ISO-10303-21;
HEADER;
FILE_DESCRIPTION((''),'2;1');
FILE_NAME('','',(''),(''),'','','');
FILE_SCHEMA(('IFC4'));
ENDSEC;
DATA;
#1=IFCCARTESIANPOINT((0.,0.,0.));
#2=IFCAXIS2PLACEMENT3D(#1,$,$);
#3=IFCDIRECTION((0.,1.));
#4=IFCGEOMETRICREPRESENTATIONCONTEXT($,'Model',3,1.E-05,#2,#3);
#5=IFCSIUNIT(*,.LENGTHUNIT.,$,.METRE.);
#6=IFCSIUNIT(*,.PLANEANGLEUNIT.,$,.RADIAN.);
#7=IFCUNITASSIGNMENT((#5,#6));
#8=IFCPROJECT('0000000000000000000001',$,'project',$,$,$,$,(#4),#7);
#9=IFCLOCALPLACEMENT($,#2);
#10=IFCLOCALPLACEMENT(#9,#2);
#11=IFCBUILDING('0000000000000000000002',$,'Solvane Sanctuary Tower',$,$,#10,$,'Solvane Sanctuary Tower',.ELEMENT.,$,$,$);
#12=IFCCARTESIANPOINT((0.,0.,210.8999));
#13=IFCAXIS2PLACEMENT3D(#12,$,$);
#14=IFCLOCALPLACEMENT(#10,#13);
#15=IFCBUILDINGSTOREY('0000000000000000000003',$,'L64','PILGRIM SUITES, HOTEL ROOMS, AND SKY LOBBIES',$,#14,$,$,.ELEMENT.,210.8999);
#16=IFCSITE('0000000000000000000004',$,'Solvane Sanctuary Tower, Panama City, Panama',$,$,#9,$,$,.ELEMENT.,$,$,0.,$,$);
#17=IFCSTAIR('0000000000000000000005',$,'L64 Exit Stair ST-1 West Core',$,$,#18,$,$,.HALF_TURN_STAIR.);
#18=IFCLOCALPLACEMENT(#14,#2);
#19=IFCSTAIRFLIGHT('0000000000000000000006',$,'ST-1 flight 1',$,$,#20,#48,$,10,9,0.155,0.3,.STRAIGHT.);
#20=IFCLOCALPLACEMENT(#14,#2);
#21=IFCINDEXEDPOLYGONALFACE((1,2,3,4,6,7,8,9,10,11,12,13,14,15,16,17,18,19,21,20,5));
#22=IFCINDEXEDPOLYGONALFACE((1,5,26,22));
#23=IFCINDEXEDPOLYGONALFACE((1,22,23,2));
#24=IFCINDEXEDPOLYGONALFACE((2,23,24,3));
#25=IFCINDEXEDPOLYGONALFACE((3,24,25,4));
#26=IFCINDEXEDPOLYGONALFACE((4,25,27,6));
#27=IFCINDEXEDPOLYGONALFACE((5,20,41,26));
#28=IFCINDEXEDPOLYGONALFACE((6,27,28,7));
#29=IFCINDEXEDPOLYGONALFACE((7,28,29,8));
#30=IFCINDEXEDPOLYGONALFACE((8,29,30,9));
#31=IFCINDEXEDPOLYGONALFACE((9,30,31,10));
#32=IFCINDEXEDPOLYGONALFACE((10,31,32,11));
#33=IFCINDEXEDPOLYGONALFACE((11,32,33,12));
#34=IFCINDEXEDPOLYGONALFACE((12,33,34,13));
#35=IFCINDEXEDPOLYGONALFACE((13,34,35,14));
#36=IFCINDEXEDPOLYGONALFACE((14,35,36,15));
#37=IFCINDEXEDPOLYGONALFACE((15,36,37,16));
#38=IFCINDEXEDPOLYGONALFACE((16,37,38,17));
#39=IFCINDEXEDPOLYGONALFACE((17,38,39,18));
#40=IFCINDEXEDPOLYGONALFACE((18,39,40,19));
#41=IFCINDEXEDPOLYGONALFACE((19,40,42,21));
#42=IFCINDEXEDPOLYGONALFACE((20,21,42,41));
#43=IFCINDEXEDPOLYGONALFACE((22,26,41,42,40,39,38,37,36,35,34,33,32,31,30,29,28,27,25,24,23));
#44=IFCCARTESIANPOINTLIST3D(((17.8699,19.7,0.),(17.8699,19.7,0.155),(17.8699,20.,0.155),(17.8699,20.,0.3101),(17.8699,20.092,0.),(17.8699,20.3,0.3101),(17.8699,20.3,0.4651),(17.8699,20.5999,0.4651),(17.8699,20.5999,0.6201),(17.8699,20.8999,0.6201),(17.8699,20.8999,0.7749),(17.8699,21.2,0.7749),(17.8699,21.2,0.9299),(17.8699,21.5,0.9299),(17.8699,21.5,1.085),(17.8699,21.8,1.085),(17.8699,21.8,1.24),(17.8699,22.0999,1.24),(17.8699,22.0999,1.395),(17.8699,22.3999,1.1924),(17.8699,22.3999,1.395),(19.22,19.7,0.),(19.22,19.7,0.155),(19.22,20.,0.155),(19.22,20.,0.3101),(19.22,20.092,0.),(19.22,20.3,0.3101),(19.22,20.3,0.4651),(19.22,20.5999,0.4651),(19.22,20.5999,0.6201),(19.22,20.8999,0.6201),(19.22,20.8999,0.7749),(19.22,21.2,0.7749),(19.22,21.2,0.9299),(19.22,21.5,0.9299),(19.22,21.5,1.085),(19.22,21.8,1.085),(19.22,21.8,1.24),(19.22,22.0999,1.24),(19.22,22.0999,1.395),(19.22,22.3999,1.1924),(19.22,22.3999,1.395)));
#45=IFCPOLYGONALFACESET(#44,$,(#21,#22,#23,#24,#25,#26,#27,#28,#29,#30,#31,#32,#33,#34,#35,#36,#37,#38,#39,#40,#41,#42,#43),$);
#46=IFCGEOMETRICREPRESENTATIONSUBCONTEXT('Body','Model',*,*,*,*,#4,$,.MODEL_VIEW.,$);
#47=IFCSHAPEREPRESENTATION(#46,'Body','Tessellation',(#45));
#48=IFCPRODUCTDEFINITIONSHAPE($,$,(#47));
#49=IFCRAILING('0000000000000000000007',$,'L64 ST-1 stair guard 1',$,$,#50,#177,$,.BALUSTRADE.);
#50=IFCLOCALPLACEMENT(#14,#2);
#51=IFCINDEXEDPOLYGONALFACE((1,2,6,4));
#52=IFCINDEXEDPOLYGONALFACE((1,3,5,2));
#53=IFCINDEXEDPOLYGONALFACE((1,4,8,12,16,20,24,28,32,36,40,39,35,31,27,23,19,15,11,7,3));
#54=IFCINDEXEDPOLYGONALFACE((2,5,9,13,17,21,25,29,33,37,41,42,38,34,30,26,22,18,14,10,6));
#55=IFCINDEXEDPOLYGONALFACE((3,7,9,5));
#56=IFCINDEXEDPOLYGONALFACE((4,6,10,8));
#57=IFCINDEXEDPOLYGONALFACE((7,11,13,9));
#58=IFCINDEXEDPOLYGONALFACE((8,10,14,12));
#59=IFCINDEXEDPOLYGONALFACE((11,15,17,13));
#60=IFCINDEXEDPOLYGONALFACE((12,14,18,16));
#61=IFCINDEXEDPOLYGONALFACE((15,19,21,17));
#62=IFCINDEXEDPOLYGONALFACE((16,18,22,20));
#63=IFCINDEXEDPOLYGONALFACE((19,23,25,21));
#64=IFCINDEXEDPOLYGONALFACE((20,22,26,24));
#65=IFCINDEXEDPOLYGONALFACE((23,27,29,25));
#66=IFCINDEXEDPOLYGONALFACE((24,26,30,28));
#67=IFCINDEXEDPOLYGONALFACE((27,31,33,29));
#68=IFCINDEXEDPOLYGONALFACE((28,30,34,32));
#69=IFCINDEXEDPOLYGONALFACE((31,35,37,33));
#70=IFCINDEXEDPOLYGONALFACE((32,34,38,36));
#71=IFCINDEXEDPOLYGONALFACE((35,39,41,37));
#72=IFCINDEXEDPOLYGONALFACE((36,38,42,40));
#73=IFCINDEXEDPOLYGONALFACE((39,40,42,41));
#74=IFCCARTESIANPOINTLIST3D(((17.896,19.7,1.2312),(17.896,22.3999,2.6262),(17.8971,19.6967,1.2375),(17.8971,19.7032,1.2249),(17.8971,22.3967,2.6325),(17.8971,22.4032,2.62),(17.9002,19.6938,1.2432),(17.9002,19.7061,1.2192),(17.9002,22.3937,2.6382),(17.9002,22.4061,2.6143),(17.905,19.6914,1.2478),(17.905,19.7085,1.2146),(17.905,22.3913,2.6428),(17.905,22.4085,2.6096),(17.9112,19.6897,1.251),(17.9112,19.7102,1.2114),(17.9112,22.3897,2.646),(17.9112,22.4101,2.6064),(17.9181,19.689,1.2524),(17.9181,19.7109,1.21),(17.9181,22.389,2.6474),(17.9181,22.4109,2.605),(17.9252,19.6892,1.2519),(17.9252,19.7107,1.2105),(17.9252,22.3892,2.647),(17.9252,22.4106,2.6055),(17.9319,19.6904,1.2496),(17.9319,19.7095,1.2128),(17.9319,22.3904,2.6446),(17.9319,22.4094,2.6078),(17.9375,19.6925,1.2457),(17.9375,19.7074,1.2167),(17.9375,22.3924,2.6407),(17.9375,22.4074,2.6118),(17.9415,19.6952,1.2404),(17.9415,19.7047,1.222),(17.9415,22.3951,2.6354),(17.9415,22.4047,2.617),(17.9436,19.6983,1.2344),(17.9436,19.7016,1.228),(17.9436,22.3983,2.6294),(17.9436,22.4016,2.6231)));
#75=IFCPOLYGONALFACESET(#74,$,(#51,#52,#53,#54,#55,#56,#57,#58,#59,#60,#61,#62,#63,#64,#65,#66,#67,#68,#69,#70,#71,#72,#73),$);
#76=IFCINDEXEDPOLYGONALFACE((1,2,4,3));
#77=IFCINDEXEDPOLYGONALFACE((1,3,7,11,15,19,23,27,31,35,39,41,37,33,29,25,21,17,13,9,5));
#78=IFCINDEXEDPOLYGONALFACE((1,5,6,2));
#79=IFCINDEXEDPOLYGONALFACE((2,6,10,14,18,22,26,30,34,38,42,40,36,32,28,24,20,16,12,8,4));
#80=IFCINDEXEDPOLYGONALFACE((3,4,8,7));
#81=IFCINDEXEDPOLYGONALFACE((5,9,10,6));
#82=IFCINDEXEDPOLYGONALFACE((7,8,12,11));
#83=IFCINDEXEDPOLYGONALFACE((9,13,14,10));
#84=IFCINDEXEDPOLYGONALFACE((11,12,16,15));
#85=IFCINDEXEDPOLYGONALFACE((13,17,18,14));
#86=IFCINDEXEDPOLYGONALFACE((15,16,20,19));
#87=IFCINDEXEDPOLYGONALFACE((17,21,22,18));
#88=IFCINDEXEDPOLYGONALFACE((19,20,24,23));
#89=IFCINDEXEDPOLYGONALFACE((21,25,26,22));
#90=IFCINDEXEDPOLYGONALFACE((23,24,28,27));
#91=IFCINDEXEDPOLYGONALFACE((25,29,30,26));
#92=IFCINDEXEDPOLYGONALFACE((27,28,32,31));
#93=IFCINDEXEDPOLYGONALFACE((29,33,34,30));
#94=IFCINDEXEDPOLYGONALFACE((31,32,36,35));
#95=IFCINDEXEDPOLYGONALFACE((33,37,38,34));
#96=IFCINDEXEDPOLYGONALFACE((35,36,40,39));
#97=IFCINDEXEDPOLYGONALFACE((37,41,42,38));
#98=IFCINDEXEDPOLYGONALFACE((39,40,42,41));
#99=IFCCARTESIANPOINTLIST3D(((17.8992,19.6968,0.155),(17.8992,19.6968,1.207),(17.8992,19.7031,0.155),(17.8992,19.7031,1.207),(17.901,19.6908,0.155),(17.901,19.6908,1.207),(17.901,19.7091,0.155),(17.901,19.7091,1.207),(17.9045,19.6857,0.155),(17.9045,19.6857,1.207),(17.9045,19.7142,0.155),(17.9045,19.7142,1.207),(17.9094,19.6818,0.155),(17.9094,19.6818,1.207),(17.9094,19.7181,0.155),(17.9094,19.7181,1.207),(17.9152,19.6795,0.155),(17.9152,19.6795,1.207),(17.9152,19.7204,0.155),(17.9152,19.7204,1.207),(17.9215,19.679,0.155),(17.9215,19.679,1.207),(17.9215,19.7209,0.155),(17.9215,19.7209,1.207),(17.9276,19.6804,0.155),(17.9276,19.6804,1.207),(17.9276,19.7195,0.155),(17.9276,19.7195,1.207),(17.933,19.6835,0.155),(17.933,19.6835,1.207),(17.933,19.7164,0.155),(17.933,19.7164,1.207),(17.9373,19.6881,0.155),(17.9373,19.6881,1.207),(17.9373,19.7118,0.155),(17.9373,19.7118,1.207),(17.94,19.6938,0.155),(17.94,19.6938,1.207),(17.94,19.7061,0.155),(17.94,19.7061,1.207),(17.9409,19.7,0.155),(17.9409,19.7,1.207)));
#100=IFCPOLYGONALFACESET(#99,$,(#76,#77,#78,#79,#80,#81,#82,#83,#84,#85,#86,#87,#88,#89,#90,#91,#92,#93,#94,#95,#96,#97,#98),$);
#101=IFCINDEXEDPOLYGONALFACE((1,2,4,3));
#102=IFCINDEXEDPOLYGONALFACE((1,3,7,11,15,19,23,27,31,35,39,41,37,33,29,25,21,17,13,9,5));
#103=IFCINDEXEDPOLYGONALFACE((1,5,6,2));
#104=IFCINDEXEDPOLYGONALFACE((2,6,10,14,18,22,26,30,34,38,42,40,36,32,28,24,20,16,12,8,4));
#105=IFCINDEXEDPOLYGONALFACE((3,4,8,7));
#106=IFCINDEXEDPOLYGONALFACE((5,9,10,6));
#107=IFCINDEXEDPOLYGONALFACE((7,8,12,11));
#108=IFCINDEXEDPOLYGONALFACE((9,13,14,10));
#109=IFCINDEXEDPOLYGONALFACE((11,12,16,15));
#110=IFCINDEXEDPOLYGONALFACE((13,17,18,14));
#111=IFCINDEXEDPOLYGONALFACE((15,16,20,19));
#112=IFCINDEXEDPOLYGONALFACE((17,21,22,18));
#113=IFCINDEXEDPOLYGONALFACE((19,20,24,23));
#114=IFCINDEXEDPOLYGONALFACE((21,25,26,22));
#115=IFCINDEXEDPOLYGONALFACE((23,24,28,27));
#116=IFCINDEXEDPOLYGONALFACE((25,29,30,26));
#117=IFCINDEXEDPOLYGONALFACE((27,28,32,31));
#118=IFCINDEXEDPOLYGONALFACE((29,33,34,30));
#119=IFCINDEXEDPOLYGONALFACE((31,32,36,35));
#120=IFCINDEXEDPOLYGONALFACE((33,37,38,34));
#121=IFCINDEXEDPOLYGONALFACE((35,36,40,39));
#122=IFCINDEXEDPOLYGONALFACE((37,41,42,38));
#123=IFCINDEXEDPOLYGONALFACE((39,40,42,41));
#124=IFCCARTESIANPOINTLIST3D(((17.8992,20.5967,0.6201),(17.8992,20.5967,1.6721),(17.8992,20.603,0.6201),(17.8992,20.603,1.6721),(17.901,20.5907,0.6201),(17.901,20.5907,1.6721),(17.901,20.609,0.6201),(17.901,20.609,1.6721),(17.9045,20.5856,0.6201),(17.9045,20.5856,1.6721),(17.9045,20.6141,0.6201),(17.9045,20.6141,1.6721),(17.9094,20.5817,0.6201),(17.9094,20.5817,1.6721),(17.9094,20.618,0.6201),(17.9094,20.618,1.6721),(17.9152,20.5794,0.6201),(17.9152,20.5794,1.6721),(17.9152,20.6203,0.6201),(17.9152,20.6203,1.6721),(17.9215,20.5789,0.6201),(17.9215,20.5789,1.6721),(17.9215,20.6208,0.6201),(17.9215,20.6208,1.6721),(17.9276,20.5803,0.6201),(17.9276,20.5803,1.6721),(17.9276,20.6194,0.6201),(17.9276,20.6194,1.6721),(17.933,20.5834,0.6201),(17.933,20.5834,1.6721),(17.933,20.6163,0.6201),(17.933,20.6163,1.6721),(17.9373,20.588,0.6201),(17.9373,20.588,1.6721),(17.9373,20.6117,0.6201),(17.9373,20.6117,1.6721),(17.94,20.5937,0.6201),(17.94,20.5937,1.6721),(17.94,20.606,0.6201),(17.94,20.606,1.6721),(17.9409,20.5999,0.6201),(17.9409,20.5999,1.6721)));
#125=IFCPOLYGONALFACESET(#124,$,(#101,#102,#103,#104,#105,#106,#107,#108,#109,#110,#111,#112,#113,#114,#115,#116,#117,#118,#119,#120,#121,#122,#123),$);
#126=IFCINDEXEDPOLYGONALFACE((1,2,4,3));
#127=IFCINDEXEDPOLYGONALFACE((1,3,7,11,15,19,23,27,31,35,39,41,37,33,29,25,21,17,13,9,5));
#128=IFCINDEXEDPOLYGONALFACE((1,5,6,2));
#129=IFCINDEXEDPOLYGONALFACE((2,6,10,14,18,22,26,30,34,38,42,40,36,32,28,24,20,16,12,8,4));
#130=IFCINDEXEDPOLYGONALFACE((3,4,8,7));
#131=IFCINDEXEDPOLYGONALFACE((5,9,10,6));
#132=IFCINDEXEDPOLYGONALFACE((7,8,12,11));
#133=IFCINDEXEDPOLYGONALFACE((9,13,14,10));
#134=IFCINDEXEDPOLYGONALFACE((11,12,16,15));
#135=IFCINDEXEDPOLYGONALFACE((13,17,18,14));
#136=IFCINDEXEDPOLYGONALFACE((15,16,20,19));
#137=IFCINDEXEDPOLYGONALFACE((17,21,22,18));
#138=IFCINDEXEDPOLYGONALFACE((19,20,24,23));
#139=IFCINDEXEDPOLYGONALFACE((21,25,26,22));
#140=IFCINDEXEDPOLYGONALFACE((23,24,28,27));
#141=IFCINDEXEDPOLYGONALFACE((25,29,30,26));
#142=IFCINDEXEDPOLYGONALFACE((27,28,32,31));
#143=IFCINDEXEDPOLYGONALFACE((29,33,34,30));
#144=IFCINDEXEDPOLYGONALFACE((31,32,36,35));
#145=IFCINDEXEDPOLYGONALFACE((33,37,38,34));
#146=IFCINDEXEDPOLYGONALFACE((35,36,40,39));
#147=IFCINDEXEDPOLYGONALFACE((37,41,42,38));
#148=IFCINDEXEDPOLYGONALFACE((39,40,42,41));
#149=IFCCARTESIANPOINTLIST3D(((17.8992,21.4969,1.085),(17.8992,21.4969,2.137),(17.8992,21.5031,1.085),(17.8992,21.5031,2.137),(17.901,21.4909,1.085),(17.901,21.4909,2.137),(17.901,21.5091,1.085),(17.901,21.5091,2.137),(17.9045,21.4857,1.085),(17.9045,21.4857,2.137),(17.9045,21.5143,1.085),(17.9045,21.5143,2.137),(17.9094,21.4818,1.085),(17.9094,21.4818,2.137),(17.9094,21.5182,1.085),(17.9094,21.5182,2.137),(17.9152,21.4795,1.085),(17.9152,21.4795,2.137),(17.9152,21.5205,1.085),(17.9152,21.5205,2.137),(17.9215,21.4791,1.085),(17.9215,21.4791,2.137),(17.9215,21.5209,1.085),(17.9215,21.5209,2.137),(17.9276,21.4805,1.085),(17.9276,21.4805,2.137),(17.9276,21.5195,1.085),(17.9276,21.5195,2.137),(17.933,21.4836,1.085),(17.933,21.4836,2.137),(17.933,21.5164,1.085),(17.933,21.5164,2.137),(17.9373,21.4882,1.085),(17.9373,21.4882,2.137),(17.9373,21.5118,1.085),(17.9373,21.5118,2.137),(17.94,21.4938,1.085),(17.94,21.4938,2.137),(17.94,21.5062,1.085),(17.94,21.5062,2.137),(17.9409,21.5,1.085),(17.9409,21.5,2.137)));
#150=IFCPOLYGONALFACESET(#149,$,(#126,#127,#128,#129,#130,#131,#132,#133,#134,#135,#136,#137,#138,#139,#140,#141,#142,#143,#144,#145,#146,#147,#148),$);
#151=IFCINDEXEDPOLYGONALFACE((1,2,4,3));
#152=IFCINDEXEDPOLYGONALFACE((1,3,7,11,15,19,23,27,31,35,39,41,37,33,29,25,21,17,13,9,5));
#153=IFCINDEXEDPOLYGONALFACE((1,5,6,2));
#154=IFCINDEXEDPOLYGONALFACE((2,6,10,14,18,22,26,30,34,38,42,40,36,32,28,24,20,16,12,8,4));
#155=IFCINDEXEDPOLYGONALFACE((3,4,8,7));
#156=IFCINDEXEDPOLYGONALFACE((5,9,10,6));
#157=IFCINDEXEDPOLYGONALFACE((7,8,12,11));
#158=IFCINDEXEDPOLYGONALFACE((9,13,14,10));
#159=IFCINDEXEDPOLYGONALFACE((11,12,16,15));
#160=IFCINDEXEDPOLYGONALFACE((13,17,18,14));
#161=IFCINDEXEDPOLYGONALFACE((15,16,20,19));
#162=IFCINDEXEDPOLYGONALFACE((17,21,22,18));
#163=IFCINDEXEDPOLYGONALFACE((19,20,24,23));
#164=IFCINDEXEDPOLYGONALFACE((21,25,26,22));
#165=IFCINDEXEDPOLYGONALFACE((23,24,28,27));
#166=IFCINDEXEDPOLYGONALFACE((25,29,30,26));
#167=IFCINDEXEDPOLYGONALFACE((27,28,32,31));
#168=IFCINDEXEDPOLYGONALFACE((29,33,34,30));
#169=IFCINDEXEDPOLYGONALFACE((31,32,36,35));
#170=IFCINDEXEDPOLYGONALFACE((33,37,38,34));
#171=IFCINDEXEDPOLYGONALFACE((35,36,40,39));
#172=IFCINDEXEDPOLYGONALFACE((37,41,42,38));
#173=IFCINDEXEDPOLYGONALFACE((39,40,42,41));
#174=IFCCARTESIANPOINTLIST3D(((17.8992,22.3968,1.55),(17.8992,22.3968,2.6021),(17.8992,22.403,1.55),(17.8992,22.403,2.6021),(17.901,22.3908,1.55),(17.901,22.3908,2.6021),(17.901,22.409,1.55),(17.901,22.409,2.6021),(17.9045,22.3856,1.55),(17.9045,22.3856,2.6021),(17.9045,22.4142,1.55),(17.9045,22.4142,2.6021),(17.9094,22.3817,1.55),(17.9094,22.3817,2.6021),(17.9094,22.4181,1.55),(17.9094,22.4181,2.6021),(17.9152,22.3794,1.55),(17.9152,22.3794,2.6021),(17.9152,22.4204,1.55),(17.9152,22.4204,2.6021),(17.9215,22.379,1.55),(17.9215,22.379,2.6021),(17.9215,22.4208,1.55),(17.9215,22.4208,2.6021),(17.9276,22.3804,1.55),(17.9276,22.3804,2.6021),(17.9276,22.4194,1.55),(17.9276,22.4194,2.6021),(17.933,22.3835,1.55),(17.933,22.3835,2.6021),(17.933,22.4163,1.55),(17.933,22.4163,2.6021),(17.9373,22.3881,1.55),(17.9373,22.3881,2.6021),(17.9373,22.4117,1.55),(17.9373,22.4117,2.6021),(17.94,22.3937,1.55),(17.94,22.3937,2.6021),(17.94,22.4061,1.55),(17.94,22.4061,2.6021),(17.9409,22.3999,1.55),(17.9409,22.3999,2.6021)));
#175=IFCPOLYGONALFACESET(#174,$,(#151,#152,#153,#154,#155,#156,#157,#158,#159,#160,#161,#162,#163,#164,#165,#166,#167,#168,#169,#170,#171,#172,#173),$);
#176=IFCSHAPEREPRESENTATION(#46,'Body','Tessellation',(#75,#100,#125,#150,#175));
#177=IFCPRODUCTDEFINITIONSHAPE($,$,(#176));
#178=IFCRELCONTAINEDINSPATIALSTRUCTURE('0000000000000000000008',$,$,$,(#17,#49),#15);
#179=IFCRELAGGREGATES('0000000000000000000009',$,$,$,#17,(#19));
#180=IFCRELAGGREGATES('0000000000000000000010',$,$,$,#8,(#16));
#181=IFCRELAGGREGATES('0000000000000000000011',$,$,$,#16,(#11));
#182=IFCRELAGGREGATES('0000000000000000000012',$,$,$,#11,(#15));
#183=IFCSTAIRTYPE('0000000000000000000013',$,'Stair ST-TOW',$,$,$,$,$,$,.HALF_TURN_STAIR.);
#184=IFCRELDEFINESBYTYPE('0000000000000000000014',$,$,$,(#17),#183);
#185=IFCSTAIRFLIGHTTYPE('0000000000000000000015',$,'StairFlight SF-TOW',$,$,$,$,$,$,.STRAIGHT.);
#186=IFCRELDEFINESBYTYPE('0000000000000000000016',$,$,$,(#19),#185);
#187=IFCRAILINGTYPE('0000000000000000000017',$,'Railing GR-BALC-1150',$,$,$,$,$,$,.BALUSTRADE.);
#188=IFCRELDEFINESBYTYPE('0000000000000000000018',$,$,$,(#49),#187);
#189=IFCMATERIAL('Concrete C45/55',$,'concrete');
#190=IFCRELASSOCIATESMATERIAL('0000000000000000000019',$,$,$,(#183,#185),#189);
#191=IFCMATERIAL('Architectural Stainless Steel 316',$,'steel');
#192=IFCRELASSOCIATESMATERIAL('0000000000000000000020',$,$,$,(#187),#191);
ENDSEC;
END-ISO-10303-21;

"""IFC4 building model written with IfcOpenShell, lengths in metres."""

from ifc_helpers import new_model, si_unit, direction, frame, origin, origin_2d, place, context, subcontext, project, spatial, polyline, circle, outline, extrude, material, type_object, element, aggregate, save


model = new_model("IFC4")

# Units and contexts
model_context = context("Model", 3, precision=1e-05, world=origin(), true_north=direction((0.0, 1.0)))
body_context = subcontext(model_context, "Body", "Model", "MODEL_VIEW")
ifc_project = project(units=[si_unit("LENGTHUNIT", "METRE"), si_unit("PLANEANGLEUNIT", "RADIAN")], contexts=[model_context])

# Site, building, storey
site_placement = place(None, origin())
site = spatial("IfcSite", under=ifc_project, at=site_placement, Name="Solvane Sanctuary Tower, Panama City, Panama", CompositionType="ELEMENT", RefElevation=0.0)
building_placement = place(site_placement, origin())
building = spatial("IfcBuilding", under=site, at=building_placement, Name="Solvane Sanctuary Tower", LongName="Solvane Sanctuary Tower", CompositionType="ELEMENT")
storey_placement = place(building_placement, frame((0.0, 0.0, 210.8999)))
storey = spatial("IfcBuildingStorey", under=building, at=storey_placement, Name="L64", Description="PILGRIM SUITES, HOTEL ROOMS, AND SKY LOBBIES", CompositionType="ELEMENT", Elevation=210.8999)

# Shared definitions
ifc_material_1 = material(Name="Architectural Stainless Steel 316", Category="steel")

# Stair, stair flight
ifc_material_2 = material(Name="Concrete C45/55", Category="concrete")
stair_type = type_object("IfcStairType", Name="Stair ST-TOW", PredefinedType="HALF_TURN_STAIR", material=ifc_material_2)
stair_placement = place(storey_placement, origin())
stair = element("IfcStair", 1, at=stair_placement, inside=storey, type_object=stair_type, Name="L64 Exit Stair ST-1 West Core", PredefinedType="HALF_TURN_STAIR")
stair_flight_type = type_object("IfcStairFlightType", Name="StairFlight SF-TOW", PredefinedType="STRAIGHT", material=ifc_material_2)
stair_flight_placement = place(storey_placement, frame((18.5449, 19.7, 0.0), z_axis=(0.0, 0.0, 1.0), x_axis=(0.0, 1.0, 0.0)))
stair_flight = element("IfcStairFlight", 2, at=stair_flight_placement, type_object=stair_flight_type, Name="ST-1 flight 1", NumberOfRisers=10, NumberOfTreads=9, PredefinedType="STRAIGHT", RiserHeight=0.155, TreadLength=0.3, context=body_context, shape_type="SweptSolid", body=[
    extrude(outline(polyline([(0.0, 0.0), (0.0, 0.155), (0.3, 0.155), (0.3, 0.3101), (0.6001, 0.3101), (0.6001, 0.4651), (0.8999, 0.4651), (0.8999, 0.6201), (1.2, 0.6201), (1.2, 0.7749), (1.5, 0.7749), (1.5, 0.9299), (1.8, 0.9299), (1.8, 1.085), (2.1001, 1.085), (2.1001, 1.24), (2.3999, 1.24), (2.3999, 1.395), (2.7, 1.395), (2.7, 1.55), (2.7, 1.1924), (0.3921, 0.0), (0.0, 0.0)])), frame((0.0, 0.675, 0.0), z_axis=(0.0, -1.0, 0.0), x_axis=(1.0, 0.0, 0.0)), (0.0, 0.0, 1.0), 1.3501),
])
aggregate(stair, [stair_flight])

# Railing
railing_type_1 = type_object("IfcRailingType", Name="Railing GR-BALC-1150", PredefinedType="BALUSTRADE", material=ifc_material_1)
railing_1_placement = place(storey_placement, frame((17.9199, 19.7, 0.155)))
element("IfcRailing", 3, at=railing_1_placement, inside=storey, type_object=railing_type_1, Name="L64 ST-1 stair guard 1", PredefinedType="BALUSTRADE", context=body_context, shape_type="SweptSolid", body=[
    extrude(circle(Radius=0.0239, at=origin_2d()), frame((0.0, 0.0, 1.0762), z_axis=(0.0, 0.88842, 0.459032), x_axis=(-1.0, 0.0, 0.0)), (0.0, 0.0, 1.0), 3.0391),
    extrude(circle(Radius=0.021, at=origin_2d()), origin(), (0.0, 0.0, 1.0), 1.052),
    extrude(circle(Radius=0.021, at=origin_2d()), frame((0.0, 0.8999, 0.4651)), (0.0, 0.0, 1.0), 1.052),
    extrude(circle(Radius=0.021, at=origin_2d()), frame((0.0, 1.8, 0.9299)), (0.0, 0.0, 1.0), 1.052),
    extrude(circle(Radius=0.021, at=origin_2d()), frame((0.0, 2.7, 1.395)), (0.0, 0.0, 1.0), 1.052),
])

save(model, "model.ifc")
